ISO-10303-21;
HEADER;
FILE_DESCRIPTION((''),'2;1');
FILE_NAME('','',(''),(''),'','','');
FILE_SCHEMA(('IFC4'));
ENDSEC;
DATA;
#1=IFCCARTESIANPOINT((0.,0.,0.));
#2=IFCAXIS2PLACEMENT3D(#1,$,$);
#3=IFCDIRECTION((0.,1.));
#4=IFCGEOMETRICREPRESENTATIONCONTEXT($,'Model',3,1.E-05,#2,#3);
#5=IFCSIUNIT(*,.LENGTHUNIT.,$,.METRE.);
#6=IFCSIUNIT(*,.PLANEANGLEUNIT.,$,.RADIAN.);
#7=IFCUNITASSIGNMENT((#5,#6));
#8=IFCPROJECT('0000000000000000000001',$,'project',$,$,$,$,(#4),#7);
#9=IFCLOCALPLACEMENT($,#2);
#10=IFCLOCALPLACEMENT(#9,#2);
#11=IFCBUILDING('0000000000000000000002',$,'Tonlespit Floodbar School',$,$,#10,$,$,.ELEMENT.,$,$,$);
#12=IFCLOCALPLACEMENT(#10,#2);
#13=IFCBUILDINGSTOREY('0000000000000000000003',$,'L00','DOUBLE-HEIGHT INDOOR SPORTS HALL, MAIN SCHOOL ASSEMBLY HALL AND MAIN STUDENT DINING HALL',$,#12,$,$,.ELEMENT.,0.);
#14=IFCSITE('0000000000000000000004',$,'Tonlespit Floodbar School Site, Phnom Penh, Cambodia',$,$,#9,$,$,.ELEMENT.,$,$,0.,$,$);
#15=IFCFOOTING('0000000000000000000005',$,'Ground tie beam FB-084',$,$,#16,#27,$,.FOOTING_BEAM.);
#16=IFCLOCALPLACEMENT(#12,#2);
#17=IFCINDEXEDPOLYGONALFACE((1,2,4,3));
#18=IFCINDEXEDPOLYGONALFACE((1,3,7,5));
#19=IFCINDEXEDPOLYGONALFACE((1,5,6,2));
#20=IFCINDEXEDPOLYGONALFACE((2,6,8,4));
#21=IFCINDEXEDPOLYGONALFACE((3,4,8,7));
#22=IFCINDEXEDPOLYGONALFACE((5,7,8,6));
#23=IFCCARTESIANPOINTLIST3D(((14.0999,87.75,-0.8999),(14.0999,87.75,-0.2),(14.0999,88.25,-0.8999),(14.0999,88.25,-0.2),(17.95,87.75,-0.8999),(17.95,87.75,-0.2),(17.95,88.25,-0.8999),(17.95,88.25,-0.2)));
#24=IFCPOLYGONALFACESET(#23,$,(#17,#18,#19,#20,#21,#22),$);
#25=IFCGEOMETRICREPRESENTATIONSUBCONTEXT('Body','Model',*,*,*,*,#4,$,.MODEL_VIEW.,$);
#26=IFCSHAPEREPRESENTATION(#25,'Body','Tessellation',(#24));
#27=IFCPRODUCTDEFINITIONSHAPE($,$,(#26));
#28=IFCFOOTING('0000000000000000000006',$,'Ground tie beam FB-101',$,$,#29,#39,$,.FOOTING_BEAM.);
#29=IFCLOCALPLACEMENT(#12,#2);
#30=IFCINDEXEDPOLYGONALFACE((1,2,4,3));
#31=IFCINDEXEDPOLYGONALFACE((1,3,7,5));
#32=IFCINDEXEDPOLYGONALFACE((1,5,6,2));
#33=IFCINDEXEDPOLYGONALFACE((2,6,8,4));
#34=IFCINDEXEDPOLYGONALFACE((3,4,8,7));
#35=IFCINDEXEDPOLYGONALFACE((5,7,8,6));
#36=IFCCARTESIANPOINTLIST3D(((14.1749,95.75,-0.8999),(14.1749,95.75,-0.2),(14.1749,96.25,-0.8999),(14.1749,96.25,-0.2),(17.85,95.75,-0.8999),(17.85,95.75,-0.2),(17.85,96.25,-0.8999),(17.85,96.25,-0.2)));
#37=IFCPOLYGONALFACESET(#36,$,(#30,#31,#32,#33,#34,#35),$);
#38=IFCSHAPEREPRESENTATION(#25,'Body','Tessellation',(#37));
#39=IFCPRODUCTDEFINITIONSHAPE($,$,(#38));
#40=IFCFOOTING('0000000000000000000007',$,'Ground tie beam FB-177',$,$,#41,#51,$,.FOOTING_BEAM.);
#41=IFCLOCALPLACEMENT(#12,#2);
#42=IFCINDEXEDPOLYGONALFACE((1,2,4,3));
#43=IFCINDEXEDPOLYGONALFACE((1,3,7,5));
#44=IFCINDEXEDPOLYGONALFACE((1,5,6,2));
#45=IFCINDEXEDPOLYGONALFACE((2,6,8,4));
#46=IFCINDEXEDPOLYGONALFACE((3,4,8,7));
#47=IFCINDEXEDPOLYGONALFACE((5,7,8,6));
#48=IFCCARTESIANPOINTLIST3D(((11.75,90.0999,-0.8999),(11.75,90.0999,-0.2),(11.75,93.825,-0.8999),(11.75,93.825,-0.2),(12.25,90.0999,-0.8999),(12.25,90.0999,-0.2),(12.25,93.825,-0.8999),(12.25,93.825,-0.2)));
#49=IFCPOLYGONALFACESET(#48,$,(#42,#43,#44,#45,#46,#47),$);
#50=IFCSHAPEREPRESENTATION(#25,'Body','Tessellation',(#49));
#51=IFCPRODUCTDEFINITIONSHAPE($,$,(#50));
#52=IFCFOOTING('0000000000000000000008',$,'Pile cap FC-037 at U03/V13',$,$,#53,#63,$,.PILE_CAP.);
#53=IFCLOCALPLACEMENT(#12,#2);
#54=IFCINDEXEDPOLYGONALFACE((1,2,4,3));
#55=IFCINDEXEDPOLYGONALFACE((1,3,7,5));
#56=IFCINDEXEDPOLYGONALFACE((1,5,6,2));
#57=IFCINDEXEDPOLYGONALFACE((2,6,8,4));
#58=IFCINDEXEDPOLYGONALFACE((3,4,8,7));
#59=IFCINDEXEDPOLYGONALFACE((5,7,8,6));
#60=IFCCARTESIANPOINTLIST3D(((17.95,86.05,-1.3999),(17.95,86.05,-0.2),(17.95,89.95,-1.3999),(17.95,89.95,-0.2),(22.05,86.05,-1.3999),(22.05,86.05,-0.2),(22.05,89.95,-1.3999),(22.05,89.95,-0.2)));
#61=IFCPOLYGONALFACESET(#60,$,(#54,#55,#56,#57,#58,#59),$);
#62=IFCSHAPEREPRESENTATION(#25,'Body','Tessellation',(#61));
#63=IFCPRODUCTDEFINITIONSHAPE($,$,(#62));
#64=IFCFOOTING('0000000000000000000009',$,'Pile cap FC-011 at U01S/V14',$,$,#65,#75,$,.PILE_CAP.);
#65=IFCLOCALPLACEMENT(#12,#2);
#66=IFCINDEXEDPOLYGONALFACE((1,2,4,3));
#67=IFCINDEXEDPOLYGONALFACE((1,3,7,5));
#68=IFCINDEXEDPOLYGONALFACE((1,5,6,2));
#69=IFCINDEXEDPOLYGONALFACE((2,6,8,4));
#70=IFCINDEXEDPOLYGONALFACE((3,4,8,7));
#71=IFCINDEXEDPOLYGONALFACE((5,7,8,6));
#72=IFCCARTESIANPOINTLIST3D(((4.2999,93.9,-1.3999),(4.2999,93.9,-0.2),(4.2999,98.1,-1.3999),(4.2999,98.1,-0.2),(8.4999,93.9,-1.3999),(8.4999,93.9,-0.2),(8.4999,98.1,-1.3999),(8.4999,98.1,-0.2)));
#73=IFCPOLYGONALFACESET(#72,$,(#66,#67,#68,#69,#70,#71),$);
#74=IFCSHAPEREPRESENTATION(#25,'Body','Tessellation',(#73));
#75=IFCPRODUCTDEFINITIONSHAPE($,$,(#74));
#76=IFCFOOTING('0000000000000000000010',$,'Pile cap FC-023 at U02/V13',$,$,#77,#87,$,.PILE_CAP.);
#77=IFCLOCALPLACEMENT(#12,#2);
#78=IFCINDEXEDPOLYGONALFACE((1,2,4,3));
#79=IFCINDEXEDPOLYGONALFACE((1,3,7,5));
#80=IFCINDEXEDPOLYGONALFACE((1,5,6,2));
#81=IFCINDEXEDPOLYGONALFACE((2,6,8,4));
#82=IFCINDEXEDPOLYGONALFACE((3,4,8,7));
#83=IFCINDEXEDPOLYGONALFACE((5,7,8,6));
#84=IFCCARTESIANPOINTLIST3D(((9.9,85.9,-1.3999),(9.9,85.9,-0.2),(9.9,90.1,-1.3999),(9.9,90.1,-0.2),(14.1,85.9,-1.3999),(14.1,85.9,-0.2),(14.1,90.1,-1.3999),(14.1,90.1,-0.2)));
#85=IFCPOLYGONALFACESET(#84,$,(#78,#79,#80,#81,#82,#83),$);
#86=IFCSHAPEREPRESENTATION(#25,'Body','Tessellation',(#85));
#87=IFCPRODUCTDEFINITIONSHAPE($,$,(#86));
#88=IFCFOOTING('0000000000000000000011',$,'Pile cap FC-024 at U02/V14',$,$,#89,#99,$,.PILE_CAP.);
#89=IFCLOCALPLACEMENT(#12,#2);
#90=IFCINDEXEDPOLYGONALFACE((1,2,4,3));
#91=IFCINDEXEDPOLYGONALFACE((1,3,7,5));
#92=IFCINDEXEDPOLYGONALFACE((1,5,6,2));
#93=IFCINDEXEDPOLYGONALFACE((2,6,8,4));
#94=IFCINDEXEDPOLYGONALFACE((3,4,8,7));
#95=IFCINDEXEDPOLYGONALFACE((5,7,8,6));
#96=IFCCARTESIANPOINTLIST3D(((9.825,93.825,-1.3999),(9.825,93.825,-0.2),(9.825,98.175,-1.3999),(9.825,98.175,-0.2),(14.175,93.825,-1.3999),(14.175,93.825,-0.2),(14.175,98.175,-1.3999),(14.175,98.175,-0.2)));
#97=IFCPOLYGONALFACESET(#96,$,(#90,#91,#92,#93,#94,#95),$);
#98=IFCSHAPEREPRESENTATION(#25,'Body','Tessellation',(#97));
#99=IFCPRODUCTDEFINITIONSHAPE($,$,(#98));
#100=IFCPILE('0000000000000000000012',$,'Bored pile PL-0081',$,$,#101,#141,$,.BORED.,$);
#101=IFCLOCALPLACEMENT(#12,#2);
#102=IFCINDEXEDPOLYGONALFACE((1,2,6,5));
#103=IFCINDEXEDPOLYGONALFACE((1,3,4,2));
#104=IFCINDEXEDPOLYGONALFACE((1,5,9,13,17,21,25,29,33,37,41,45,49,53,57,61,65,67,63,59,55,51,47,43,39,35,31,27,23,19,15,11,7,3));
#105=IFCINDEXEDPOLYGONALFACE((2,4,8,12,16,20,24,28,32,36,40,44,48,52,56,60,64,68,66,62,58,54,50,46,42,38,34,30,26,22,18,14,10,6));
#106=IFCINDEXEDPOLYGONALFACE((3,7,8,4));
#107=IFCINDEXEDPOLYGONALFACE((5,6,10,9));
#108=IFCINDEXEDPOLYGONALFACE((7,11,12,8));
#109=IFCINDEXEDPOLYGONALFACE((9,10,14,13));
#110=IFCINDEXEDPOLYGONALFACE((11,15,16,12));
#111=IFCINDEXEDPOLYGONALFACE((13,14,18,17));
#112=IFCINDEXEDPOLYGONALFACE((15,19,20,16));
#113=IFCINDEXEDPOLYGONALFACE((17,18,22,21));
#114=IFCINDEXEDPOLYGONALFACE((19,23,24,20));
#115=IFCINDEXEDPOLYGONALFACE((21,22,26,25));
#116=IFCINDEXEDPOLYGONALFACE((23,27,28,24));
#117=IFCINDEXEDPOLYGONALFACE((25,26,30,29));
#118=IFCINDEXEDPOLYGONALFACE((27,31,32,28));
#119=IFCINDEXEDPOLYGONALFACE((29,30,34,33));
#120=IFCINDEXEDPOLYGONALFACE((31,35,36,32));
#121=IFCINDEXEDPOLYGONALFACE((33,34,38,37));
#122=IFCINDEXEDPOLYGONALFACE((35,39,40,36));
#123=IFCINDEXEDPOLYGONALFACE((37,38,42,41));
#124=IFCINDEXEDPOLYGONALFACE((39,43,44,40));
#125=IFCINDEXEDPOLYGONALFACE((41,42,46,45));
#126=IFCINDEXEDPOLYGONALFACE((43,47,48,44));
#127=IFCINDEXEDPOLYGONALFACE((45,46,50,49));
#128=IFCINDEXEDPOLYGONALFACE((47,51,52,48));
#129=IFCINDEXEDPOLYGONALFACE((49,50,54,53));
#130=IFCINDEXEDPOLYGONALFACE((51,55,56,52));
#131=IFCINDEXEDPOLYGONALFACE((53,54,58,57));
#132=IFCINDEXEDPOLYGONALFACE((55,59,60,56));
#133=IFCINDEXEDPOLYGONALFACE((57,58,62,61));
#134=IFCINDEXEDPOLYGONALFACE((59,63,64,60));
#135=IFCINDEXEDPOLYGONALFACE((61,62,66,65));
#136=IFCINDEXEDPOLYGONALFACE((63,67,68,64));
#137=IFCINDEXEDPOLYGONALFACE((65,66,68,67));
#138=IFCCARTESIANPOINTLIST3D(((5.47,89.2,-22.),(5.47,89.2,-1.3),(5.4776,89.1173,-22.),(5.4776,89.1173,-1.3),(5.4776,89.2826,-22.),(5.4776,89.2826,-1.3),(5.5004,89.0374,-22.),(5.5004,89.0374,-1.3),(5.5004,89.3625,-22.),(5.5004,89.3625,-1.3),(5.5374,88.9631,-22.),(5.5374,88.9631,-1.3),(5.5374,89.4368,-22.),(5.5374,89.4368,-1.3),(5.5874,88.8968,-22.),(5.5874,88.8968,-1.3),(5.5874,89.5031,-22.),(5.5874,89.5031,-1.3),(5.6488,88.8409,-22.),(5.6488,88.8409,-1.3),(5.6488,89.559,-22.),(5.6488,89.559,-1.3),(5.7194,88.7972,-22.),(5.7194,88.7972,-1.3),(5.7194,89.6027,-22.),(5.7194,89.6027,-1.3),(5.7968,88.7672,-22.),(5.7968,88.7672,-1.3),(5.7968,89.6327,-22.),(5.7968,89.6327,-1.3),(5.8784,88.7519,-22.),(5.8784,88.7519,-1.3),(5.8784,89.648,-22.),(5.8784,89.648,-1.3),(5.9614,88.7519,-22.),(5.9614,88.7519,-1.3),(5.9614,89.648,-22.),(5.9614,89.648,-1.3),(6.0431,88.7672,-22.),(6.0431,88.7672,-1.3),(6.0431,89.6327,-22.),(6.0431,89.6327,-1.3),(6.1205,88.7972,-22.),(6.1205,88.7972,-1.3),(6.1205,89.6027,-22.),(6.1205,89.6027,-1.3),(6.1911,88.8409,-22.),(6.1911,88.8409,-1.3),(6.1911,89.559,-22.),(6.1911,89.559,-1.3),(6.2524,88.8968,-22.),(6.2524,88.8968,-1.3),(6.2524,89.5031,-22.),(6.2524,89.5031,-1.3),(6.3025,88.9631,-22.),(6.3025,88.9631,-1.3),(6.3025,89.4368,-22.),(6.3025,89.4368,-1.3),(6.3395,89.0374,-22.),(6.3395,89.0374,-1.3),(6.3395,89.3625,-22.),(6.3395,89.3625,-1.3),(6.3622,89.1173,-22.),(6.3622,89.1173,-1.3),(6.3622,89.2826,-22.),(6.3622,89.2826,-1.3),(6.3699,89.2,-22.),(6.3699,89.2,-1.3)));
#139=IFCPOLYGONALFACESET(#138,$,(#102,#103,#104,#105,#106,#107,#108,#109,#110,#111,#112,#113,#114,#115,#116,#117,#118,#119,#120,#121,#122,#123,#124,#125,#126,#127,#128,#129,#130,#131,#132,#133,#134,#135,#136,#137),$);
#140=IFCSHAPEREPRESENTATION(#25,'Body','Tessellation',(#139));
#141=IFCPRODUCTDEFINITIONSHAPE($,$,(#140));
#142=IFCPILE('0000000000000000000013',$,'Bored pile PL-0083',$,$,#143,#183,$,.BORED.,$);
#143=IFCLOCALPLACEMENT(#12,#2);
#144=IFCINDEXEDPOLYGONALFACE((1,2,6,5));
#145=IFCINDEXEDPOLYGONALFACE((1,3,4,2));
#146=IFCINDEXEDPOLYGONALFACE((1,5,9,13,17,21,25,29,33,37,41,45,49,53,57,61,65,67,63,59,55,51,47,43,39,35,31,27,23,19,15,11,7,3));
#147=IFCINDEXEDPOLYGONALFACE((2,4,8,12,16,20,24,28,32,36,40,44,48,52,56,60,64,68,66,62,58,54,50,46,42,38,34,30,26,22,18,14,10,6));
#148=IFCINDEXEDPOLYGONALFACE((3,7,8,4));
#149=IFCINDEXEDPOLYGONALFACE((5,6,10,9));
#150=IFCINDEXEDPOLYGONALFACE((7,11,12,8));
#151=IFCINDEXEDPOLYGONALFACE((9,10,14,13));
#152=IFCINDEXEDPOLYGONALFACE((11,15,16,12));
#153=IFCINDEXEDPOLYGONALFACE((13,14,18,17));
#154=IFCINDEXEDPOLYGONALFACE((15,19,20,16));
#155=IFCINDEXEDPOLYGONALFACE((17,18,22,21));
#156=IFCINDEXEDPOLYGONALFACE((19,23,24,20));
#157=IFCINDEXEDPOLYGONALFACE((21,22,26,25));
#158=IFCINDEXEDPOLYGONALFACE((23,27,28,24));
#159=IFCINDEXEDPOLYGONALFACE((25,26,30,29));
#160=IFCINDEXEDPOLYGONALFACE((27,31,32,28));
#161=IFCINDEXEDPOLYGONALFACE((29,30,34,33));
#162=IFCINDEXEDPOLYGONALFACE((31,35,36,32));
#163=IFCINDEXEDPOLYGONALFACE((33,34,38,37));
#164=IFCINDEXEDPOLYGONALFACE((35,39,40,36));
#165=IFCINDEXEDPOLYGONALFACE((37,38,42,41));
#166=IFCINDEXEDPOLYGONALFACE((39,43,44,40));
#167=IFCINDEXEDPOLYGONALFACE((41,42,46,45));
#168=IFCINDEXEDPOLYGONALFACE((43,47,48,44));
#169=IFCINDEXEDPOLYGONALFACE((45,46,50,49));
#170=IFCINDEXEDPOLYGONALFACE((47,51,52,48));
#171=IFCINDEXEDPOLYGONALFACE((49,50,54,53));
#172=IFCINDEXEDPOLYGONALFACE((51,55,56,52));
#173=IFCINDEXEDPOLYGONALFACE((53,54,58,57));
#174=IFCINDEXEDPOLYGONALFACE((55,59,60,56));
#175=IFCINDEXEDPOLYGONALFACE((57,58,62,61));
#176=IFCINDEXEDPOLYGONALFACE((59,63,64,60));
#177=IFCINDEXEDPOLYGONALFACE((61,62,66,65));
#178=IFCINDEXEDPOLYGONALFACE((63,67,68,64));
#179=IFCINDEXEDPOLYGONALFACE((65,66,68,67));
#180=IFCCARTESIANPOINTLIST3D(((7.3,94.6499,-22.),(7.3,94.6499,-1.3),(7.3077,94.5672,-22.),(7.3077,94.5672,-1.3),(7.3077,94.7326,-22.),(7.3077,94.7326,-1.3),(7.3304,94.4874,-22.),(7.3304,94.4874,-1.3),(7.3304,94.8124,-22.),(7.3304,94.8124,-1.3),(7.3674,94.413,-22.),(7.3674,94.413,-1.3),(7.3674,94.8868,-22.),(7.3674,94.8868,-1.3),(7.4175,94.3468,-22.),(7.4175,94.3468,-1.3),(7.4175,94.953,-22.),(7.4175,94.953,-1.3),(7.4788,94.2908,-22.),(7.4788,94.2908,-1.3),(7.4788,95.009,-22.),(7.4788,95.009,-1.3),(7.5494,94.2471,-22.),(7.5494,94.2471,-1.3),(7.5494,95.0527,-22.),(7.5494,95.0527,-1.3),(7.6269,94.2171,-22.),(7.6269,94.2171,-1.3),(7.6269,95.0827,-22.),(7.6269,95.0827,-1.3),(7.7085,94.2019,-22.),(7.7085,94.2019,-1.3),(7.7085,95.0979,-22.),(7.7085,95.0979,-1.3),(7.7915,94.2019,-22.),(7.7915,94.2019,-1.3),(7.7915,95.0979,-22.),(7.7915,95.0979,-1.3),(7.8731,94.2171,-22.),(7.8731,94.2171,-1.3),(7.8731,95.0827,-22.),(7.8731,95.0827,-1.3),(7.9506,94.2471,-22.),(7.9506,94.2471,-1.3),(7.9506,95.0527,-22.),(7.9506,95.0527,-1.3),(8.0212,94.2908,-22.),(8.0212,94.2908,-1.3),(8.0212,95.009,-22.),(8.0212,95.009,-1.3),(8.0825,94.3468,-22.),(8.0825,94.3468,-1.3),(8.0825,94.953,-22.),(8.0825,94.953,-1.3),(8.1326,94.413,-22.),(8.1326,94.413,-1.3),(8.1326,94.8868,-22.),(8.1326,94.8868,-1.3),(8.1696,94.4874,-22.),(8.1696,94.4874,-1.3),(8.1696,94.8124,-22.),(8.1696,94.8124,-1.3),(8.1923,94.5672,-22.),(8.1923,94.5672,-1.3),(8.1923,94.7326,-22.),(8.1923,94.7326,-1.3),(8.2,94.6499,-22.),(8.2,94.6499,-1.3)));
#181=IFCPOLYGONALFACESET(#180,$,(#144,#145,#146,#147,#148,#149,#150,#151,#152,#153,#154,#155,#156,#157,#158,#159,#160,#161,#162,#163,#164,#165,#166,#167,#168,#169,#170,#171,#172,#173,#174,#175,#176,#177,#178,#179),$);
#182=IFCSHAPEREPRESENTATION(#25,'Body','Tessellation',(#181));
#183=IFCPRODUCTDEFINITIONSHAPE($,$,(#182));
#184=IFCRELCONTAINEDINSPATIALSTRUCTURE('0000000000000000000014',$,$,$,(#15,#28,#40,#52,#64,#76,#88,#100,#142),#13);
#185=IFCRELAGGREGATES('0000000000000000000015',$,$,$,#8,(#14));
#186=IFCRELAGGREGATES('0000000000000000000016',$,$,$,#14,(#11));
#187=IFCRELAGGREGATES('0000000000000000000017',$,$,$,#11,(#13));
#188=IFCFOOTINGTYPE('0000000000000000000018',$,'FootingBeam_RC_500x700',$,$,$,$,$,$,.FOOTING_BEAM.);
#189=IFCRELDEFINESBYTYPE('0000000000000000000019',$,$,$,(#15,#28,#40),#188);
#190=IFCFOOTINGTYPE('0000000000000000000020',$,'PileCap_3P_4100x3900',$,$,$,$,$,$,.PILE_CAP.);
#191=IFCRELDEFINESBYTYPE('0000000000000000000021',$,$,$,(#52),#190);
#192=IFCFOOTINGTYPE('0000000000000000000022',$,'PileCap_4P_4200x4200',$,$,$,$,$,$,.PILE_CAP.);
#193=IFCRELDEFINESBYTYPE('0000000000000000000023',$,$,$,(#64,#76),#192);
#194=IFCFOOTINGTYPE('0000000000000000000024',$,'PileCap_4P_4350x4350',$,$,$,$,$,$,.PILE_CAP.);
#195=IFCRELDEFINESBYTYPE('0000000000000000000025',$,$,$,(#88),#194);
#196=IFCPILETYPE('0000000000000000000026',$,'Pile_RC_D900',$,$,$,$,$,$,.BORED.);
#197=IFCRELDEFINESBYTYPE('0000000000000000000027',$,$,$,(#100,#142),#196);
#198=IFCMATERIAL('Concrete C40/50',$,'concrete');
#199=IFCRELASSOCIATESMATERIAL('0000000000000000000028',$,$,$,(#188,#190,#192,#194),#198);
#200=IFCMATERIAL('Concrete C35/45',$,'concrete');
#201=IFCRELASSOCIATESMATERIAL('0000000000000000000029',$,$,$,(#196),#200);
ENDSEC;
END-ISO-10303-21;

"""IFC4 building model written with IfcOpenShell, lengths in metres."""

from ifc_helpers import new_model, si_unit, direction, frame, origin, origin_2d, place, context, subcontext, project, spatial, rectangle, circle, extrude, material, material_profile, profile_set, type_object, element, save


model = new_model("IFC4")

# Units and contexts
model_context = context("Model", 3, precision=1e-05, world=origin(), true_north=direction((0.0, 1.0)))
body_context = subcontext(model_context, "Body", "Model", "MODEL_VIEW")
ifc_project = project(units=[si_unit("LENGTHUNIT", "METRE"), si_unit("PLANEANGLEUNIT", "RADIAN")], contexts=[model_context])

# Site, building, storey
site_placement = place(None, origin())
site = spatial("IfcSite", under=ifc_project, at=site_placement, Name="Tonlespit Floodbar School Site, Phnom Penh, Cambodia", CompositionType="ELEMENT", RefElevation=0.0)
building_placement = place(site_placement, origin())
building = spatial("IfcBuilding", under=site, at=building_placement, Name="Tonlespit Floodbar School", CompositionType="ELEMENT")
storey_placement = place(building_placement, origin())
storey = spatial("IfcBuildingStorey", under=building, at=storey_placement, Name="L00", Description="DOUBLE-HEIGHT INDOOR SPORTS HALL, MAIN SCHOOL ASSEMBLY HALL AND MAIN STUDENT DINING HALL", CompositionType="ELEMENT", Elevation=0.0)

# Footings
ifc_material_1 = material(Name="Concrete C40/50", Category="concrete")
footing_type_1 = type_object("IfcFootingType", Name="FootingBeam_RC_500x700", PredefinedType="FOOTING_BEAM", material=ifc_material_1)
footing_1_placement = place(storey_placement, frame((16.0249, 88.0, -0.8999), z_axis=(0.0, 0.0, 1.0), x_axis=(1.0, 0.0, 0.0)))
element("IfcFooting", 1, at=footing_1_placement, inside=storey, type_object=footing_type_1, Name="Ground tie beam FB-084", PredefinedType="FOOTING_BEAM", context=body_context, shape_type="SweptSolid", body=[
    extrude(rectangle(XDim=3.8501, YDim=0.5, at=origin_2d()), origin(), (0.0, 0.0, 1.0), 0.7),
])
footing_2_placement = place(storey_placement, frame((16.0125, 96.0, -0.8999), z_axis=(0.0, 0.0, 1.0), x_axis=(1.0, 0.0, 0.0)))
element("IfcFooting", 2, at=footing_2_placement, inside=storey, type_object=footing_type_1, Name="Ground tie beam FB-101", PredefinedType="FOOTING_BEAM", context=body_context, shape_type="SweptSolid", body=[
    extrude(rectangle(XDim=3.675, YDim=0.5, at=origin_2d()), origin(), (0.0, 0.0, 1.0), 0.7),
])
footing_3_placement = place(storey_placement, frame((12.0, 91.9624, -0.8999), z_axis=(0.0, 0.0, 1.0), x_axis=(0.0, 1.0, 0.0)))
element("IfcFooting", 3, at=footing_3_placement, inside=storey, type_object=footing_type_1, Name="Ground tie beam FB-177", PredefinedType="FOOTING_BEAM", context=body_context, shape_type="SweptSolid", body=[
    extrude(rectangle(XDim=3.7251, YDim=0.5, at=origin_2d()), origin(), (0.0, 0.0, 1.0), 0.7),
])
footing_type_2 = type_object("IfcFootingType", Name="PileCap_3P_4100x3900", PredefinedType="PILE_CAP", material=ifc_material_1)
footing_4_placement = place(storey_placement, frame((20.0, 88.0, -1.3999), z_axis=(0.0, 0.0, 1.0), x_axis=(1.0, 0.0, 0.0)))
element("IfcFooting", 4, at=footing_4_placement, inside=storey, type_object=footing_type_2, Name="Pile cap FC-037 at U03/V13", PredefinedType="PILE_CAP", context=body_context, shape_type="SweptSolid", body=[
    extrude(rectangle(XDim=4.1001, YDim=3.8999, at=origin_2d()), origin(), (0.0, 0.0, 1.0), 1.2),
])
footing_type_3 = type_object("IfcFootingType", Name="PileCap_4P_4200x4200", PredefinedType="PILE_CAP", material=ifc_material_1)
for number, where, z_axis, x_axis, name in (
    (5, (6.3999, 96.0, -1.3999), (0.0, 0.0, 1.0), (1.0, 0.0, 0.0), "Pile cap FC-011 at U01S/V14"),
    (6, (12.0, 88.0, -1.3999), (0.0, 0.0, 1.0), (1.0, 0.0, 0.0), "Pile cap FC-023 at U02/V13"),
):
    element("IfcFooting", number, at=place(storey_placement, frame(where, z_axis=z_axis, x_axis=x_axis)), inside=storey, type_object=footing_type_3, Name=name, PredefinedType="PILE_CAP", context=body_context, shape_type="SweptSolid", body=[
        extrude(rectangle(XDim=4.2, YDim=4.2, at=origin_2d()), origin(), (0.0, 0.0, 1.0), 1.2),
    ])
footing_type_4 = type_object("IfcFootingType", Name="PileCap_4P_4350x4350", PredefinedType="PILE_CAP", material=ifc_material_1)
footing_5_placement = place(storey_placement, frame((12.0, 96.0, -1.3999), z_axis=(0.0, 0.0, 1.0), x_axis=(1.0, 0.0, 0.0)))
element("IfcFooting", 7, at=footing_5_placement, inside=storey, type_object=footing_type_4, Name="Pile cap FC-024 at U02/V14", PredefinedType="PILE_CAP", context=body_context, shape_type="SweptSolid", body=[
    extrude(rectangle(XDim=4.3501, YDim=4.3501, at=origin_2d()), origin(), (0.0, 0.0, 1.0), 1.2),
])

# Piles
ifc_material_2 = material(Name="Concrete C35/45", Category="concrete")
ifc_material_profile_1 = material_profile(ifc_material_2, circle(Radius=0.45, at=origin_2d()), Name="BP D900")
ifc_profile_set_1 = profile_set([ifc_material_profile_1], Name="Concrete C35/45")
pile_type = type_object("IfcPileType", Name="Pile_RC_D900", PredefinedType="BORED", material=ifc_profile_set_1)
for number, where, z_axis, x_axis, name in (
    (8, (5.9199, 89.2, -1.3), (0.0, 0.0, -1.0), (1.0, 0.0, 0.0), "Bored pile PL-0081"),
    (9, (7.75, 94.6499, -1.3), (0.0, 0.0, -1.0), (1.0, 0.0, 0.0), "Bored pile PL-0083"),
):
    element("IfcPile", number, at=place(storey_placement, frame(where, z_axis=z_axis, x_axis=x_axis)), inside=storey, type_object=pile_type, Name=name, PredefinedType="BORED", context=body_context, shape_type="SweptSolid", body=[
        extrude(circle(Radius=0.45, at=origin_2d()), origin(), (0.0, 0.0, 1.0), 20.7),
    ])

save(model, "model.ifc")
